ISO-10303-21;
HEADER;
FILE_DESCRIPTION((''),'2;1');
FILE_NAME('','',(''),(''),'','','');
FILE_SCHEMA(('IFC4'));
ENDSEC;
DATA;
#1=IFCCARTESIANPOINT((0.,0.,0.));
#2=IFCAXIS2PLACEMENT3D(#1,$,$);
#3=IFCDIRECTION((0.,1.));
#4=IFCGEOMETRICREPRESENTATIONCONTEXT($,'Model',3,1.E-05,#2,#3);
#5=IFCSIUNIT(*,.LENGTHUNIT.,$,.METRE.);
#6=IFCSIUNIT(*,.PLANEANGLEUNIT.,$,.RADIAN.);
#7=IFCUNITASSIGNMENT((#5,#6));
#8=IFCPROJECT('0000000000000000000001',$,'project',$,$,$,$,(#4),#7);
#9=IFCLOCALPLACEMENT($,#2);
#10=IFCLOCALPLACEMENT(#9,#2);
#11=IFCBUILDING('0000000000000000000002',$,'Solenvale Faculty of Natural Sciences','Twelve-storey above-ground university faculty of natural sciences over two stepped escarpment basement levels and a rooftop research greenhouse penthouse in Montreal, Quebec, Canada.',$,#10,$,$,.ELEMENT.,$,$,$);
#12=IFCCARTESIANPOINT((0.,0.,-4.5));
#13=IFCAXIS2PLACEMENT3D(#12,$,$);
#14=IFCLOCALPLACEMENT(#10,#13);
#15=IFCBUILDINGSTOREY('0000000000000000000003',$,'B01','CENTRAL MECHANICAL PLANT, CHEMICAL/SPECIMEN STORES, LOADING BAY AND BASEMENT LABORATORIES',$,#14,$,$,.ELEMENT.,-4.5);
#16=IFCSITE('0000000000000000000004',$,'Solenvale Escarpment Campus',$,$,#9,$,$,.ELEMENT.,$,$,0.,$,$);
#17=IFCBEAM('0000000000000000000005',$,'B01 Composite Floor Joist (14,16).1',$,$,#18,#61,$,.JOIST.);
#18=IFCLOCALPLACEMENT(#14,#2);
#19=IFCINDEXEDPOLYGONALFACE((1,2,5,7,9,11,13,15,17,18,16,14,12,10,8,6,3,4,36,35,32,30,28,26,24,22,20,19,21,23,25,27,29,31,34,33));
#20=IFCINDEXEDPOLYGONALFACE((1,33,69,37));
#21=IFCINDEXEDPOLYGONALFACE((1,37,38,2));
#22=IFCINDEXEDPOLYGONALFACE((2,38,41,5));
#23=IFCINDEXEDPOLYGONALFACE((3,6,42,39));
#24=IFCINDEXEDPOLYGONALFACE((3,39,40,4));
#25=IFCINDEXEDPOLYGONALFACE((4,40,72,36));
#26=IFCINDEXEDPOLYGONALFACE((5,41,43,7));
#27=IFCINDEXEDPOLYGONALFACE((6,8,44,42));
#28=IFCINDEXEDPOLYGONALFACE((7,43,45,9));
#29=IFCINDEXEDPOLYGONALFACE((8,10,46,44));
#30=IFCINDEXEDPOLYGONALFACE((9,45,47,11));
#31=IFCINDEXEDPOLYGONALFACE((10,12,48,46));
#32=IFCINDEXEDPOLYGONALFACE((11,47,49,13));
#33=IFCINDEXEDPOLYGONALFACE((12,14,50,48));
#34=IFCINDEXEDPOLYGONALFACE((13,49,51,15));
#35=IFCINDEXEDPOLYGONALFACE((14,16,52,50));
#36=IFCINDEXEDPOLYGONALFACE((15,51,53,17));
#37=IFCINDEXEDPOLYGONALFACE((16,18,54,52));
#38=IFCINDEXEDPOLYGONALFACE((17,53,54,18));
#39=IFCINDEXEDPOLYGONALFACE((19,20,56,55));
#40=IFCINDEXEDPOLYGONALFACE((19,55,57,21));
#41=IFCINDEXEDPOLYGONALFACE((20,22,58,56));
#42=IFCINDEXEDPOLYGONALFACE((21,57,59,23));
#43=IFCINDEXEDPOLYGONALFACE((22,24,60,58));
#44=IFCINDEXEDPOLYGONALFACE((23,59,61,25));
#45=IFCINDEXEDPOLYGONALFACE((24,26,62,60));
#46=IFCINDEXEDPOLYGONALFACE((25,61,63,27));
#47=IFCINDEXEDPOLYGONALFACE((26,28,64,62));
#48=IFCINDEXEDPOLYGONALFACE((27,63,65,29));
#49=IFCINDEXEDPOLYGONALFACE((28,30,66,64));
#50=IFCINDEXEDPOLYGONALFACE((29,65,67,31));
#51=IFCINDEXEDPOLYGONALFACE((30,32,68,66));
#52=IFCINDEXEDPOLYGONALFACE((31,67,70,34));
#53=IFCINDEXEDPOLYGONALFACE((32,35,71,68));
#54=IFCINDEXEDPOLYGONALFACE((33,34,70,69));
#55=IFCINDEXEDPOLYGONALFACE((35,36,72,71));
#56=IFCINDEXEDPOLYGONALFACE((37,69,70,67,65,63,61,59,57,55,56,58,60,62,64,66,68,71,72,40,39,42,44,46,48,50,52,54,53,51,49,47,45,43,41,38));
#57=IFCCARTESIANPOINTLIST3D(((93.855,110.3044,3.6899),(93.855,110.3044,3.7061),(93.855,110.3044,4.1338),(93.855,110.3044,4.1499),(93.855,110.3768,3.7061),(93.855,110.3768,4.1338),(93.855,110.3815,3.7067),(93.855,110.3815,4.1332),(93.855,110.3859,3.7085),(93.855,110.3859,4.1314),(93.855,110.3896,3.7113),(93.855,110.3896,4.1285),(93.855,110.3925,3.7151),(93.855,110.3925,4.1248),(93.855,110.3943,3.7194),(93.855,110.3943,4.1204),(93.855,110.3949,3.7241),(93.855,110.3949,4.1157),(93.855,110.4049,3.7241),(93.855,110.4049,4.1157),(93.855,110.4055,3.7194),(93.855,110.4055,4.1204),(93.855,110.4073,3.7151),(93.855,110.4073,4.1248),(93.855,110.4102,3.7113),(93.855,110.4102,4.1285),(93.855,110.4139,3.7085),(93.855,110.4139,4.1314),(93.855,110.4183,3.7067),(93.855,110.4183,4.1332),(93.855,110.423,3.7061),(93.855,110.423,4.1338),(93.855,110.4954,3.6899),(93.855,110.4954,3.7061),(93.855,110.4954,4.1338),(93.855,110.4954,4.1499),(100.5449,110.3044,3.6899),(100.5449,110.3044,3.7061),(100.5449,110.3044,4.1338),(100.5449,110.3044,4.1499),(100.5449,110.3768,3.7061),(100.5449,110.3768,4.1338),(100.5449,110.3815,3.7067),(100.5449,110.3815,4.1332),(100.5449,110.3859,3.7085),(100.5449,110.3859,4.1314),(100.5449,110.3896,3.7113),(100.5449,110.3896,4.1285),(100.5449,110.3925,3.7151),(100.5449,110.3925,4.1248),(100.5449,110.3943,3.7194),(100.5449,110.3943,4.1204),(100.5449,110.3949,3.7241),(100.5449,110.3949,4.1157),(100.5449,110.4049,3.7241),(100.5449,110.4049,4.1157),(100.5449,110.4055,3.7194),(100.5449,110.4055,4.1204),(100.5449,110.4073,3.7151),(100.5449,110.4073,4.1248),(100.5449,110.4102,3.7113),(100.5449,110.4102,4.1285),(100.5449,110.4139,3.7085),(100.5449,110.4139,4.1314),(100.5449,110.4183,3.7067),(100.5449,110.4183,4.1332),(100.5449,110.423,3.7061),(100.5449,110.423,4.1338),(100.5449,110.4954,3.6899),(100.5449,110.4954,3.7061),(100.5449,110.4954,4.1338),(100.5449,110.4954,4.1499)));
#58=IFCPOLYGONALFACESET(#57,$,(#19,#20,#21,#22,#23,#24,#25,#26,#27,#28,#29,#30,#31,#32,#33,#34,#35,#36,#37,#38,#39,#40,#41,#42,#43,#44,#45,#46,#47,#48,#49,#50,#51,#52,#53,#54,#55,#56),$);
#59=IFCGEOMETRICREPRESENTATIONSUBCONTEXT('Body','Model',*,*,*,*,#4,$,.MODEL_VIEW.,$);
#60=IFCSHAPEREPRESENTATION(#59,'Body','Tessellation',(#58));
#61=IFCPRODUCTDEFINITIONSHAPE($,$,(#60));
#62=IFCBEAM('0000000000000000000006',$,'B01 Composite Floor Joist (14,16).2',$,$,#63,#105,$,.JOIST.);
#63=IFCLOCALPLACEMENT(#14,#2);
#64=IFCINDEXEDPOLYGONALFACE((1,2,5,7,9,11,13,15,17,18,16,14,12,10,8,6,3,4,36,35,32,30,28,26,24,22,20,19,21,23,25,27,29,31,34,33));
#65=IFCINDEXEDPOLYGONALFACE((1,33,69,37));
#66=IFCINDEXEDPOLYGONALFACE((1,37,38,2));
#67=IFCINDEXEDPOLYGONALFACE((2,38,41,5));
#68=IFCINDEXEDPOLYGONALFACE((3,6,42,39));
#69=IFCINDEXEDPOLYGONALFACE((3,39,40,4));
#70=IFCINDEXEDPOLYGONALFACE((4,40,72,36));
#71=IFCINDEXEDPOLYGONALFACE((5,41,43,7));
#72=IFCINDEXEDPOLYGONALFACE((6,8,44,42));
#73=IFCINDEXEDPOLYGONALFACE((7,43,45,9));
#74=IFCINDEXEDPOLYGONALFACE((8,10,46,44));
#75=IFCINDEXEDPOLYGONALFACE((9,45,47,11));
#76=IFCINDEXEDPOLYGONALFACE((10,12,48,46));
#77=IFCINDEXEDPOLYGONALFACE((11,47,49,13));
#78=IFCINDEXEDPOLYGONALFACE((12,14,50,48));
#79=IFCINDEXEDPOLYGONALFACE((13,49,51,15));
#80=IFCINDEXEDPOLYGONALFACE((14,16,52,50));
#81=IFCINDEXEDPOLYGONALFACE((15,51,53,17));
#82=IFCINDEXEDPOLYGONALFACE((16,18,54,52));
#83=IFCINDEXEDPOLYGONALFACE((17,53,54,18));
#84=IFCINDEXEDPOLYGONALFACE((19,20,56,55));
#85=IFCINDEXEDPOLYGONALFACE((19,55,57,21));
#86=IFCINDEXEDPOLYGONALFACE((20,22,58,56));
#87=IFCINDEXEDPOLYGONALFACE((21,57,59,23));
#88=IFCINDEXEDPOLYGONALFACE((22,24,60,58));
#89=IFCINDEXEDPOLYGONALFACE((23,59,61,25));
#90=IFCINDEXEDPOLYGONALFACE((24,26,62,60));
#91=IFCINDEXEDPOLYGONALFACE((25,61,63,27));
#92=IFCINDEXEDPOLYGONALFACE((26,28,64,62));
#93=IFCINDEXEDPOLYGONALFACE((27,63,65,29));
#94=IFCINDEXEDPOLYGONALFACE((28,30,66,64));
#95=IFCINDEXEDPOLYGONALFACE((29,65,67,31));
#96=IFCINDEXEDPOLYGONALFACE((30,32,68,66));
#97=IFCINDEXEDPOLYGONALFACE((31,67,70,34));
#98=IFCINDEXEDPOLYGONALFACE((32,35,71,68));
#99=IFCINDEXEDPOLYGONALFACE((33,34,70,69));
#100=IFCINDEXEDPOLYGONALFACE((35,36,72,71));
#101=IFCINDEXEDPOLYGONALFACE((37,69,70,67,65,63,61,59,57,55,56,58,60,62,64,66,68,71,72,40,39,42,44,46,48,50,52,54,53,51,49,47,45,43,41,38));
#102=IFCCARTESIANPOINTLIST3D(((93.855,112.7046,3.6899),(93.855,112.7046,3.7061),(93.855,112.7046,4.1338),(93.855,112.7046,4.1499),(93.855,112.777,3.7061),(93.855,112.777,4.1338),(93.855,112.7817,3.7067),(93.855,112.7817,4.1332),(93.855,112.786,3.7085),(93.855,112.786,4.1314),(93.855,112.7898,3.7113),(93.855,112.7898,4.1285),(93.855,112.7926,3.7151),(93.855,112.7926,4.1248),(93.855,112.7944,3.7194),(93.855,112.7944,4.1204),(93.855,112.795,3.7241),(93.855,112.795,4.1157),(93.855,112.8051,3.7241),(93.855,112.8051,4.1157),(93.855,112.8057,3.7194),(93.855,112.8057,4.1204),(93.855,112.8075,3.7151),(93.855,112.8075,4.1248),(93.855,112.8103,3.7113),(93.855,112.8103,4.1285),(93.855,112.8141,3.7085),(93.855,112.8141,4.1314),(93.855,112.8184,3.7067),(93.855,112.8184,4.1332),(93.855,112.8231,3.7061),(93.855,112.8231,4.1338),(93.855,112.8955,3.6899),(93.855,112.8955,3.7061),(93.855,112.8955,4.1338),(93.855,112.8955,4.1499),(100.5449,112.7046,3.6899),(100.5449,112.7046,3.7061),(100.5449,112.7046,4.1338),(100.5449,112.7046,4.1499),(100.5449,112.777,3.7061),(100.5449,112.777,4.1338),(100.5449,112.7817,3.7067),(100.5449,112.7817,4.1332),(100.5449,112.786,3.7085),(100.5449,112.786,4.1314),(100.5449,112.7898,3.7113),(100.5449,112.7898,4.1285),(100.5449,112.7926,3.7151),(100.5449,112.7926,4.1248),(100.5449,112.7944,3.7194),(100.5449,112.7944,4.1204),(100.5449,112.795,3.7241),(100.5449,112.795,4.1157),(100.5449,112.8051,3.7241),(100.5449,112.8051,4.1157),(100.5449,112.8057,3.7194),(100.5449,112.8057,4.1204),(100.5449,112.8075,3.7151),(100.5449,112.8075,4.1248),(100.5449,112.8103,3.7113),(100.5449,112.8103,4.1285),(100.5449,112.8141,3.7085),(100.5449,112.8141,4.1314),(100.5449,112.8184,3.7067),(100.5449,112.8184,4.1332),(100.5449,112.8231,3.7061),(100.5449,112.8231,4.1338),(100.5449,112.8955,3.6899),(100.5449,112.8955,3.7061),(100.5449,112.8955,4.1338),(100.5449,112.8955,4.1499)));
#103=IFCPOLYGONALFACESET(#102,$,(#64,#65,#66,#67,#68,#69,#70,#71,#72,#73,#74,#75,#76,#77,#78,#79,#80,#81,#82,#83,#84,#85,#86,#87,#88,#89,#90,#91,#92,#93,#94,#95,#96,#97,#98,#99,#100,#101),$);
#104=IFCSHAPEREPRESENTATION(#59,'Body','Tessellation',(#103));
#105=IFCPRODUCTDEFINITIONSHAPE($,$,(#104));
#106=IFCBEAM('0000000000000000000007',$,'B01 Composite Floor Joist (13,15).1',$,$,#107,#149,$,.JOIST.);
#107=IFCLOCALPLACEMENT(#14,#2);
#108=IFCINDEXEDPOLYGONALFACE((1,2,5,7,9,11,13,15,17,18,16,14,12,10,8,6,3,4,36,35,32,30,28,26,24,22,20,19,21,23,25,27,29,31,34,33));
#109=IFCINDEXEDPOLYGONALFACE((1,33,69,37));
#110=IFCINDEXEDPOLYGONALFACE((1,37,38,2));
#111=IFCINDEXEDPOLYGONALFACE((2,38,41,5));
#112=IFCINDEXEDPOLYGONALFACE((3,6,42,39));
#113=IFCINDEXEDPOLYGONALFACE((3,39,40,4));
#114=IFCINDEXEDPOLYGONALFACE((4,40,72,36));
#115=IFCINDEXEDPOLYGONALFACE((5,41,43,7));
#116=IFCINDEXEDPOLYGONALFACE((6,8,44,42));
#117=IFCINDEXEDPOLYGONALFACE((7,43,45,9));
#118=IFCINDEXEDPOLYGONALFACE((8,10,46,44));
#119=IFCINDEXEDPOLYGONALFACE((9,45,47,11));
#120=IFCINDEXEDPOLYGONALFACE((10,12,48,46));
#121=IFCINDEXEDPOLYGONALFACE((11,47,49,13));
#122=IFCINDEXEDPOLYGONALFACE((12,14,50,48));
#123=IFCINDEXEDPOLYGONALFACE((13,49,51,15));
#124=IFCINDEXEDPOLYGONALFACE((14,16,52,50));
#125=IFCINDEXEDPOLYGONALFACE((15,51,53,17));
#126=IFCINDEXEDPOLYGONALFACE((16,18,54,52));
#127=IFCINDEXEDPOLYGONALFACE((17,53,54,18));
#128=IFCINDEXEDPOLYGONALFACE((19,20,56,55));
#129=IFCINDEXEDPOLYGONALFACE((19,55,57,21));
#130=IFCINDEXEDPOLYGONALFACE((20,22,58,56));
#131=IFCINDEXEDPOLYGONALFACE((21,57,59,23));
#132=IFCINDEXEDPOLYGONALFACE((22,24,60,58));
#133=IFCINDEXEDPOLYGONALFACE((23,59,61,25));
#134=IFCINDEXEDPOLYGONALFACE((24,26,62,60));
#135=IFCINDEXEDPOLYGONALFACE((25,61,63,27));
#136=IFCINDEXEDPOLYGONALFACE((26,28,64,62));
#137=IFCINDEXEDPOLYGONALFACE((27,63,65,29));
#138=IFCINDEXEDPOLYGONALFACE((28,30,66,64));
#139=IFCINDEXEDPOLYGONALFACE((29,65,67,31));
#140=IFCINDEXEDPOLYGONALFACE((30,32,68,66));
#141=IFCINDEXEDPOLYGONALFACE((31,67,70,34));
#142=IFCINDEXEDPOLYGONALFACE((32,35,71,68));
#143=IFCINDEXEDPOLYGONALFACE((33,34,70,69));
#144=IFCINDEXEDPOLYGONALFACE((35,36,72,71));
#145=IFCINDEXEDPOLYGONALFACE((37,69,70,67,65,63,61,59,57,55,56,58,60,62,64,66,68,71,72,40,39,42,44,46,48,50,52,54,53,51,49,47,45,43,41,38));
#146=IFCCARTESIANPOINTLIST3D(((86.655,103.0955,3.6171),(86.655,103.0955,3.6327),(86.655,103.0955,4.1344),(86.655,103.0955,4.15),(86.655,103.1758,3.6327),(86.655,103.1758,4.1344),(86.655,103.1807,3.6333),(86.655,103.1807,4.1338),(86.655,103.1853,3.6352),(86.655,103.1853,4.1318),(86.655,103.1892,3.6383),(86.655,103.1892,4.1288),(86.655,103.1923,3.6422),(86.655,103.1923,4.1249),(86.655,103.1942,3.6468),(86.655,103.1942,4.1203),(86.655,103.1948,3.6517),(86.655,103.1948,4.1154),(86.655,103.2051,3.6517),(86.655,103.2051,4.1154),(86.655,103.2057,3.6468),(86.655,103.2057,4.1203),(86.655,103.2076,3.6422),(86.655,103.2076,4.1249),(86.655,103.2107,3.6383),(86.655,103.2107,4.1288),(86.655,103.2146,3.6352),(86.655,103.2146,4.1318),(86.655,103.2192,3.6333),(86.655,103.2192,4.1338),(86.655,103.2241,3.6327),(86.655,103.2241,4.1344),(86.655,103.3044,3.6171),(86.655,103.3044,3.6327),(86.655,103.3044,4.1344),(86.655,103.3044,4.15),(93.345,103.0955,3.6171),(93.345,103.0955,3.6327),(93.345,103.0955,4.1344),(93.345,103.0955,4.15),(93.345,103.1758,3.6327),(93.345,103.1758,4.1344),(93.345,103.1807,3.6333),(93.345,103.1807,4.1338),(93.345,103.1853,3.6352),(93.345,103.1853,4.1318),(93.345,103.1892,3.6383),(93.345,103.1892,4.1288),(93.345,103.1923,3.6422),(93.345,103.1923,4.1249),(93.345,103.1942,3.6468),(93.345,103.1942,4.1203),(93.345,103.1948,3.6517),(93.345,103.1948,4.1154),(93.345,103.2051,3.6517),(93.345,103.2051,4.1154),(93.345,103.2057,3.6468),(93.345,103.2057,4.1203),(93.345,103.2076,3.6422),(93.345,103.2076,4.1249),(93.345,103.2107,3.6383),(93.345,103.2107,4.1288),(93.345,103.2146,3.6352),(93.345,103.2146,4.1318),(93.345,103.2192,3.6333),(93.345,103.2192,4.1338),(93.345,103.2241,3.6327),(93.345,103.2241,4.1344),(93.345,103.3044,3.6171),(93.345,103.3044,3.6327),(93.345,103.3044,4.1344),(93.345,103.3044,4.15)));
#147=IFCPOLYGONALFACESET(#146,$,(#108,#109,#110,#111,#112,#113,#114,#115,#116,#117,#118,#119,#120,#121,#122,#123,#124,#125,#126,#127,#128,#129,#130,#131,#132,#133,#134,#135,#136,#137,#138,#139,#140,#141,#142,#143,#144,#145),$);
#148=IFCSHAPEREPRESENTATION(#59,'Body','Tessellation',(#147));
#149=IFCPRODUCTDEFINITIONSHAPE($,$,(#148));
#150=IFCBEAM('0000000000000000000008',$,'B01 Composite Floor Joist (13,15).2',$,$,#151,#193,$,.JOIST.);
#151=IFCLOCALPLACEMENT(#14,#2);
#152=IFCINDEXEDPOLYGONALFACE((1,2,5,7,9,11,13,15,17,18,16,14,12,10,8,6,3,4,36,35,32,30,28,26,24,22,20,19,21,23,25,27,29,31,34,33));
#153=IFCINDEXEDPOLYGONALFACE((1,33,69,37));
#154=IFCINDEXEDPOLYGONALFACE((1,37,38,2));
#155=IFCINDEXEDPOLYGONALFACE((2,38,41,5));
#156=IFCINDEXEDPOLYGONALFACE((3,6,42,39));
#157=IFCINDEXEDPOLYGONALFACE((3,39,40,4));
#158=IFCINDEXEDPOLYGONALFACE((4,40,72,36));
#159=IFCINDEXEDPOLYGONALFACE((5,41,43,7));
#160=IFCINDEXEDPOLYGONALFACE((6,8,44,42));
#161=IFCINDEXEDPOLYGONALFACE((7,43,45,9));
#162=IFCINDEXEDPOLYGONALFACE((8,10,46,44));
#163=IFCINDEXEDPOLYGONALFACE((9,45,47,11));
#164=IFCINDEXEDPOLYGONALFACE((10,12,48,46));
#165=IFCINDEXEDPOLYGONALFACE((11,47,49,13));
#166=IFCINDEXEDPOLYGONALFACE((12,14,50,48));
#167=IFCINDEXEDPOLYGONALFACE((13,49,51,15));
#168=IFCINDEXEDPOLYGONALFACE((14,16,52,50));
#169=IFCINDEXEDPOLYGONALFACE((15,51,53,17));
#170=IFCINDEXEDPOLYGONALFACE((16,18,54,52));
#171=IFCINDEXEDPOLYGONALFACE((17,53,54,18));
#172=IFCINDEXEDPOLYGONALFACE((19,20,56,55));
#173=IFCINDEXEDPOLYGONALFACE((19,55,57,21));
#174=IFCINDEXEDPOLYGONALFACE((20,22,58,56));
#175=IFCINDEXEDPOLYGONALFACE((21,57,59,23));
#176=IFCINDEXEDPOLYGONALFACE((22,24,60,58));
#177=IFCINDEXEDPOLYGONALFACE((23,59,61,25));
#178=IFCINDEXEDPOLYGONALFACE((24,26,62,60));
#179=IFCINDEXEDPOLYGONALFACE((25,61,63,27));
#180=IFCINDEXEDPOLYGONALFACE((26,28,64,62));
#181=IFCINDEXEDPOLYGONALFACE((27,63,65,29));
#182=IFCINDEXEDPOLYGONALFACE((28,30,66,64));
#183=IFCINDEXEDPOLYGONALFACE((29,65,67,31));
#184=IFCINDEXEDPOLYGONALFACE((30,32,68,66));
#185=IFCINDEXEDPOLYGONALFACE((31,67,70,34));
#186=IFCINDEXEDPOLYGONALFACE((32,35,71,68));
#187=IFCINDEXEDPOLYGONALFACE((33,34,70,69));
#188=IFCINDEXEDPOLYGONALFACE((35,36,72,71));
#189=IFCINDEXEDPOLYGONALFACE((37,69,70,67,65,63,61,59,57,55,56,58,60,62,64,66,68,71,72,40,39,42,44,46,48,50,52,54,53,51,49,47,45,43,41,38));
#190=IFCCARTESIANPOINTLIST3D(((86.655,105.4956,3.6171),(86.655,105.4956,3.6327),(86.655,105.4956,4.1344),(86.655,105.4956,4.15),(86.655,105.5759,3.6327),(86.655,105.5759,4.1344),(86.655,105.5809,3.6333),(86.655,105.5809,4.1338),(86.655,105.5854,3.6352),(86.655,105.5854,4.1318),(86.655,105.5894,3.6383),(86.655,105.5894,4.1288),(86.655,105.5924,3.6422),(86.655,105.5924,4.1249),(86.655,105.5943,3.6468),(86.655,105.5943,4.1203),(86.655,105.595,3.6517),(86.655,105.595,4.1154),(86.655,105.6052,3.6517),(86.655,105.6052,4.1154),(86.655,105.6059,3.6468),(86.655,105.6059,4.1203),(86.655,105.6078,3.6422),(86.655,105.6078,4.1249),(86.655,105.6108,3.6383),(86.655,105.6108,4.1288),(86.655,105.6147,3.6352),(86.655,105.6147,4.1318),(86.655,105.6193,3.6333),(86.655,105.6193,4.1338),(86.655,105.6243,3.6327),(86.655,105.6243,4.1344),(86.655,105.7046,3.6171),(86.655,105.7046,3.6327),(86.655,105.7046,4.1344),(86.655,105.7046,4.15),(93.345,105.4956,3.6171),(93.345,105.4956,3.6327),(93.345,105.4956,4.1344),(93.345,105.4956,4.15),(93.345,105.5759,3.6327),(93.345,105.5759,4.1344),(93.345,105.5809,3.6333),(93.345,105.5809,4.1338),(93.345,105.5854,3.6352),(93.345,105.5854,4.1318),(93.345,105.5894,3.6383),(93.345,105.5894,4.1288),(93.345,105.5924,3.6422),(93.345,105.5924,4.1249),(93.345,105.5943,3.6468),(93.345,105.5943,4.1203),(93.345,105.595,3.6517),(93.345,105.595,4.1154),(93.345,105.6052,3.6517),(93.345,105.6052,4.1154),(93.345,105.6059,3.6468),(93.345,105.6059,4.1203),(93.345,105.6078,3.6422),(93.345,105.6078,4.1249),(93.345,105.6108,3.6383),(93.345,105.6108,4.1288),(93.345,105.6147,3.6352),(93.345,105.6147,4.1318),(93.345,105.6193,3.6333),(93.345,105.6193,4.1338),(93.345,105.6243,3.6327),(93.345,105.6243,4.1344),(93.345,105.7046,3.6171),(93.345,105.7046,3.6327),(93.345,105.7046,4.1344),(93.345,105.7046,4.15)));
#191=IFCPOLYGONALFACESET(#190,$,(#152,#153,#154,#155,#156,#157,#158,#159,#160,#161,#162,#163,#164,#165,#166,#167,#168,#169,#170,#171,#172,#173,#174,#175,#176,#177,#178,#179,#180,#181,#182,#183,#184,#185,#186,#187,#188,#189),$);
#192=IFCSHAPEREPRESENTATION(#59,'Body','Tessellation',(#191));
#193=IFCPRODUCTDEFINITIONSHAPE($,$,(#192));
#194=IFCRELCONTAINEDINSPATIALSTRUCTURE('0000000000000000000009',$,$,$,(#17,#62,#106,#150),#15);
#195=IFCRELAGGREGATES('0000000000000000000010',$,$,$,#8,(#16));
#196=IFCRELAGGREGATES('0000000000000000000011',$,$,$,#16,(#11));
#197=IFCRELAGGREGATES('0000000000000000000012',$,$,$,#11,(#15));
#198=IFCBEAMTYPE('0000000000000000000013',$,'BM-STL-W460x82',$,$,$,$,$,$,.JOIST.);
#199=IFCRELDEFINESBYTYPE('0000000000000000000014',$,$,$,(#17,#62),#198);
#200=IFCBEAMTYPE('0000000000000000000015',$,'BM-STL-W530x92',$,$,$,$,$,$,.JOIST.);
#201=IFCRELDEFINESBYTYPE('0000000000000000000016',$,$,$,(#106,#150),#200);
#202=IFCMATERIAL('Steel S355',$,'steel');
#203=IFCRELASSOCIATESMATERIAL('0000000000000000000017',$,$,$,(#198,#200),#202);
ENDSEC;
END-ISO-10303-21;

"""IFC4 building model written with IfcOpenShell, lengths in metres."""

from ifc_helpers import new_model, si_unit, direction, frame, origin, origin_2d, place, context, subcontext, project, spatial, i_section, extrude, material, material_profile, profile_set, type_object, element, save


model = new_model("IFC4")

# Units and contexts
model_context = context("Model", 3, precision=1e-05, world=origin(), true_north=direction((0.0, 1.0)))
body_context = subcontext(model_context, "Body", "Model", "MODEL_VIEW")
ifc_project = project(units=[si_unit("LENGTHUNIT", "METRE"), si_unit("PLANEANGLEUNIT", "RADIAN")], contexts=[model_context])

# Site, building, storey
site_placement = place(None, origin())
site = spatial("IfcSite", under=ifc_project, at=site_placement, Name="Solenvale Escarpment Campus", CompositionType="ELEMENT", RefElevation=0.0)
building_placement = place(site_placement, origin())
building = spatial("IfcBuilding", under=site, at=building_placement, Name="Solenvale Faculty of Natural Sciences", Description="Twelve-storey above-ground university faculty of natural sciences over two stepped escarpment basement levels and a rooftop research greenhouse penthouse in Montreal, Quebec, Canada.", CompositionType="ELEMENT")
storey_placement = place(building_placement, frame((0.0, 0.0, -4.5)))
storey = spatial("IfcBuildingStorey", under=building, at=storey_placement, Name="B01", Description="CENTRAL MECHANICAL PLANT, CHEMICAL/SPECIMEN STORES, LOADING BAY AND BASEMENT LABORATORIES", CompositionType="ELEMENT", Elevation=-4.5)

# Beams
ifc_material_1 = material(Name="Steel S355", Category="steel")
ifc_material_profile_1 = material_profile(ifc_material_1, i_section(OverallWidth=0.1909, OverallDepth=0.46, WebThickness=0.01, FlangeThickness=0.0161, FilletRadius=0.0181, at=origin_2d()), Name="W460x82")
ifc_profile_set_1 = profile_set([ifc_material_profile_1], Name="Steel S355")
beam_type_1 = type_object("IfcBeamType", Name="BM-STL-W460x82", PredefinedType="JOIST", material=ifc_profile_set_1)
for number, where, z_axis, x_axis, name in (
    (1, (93.855, 110.3999, 3.9199), (1.0, 0.0, 0.0), (0.0, 1.0, 0.0), "B01 Composite Floor Joist (14,16).1"),
    (2, (93.855, 112.8, 3.9199), (1.0, 0.0, 0.0), (0.0, 1.0, 0.0), "B01 Composite Floor Joist (14,16).2"),
):
    element("IfcBeam", number, at=place(storey_placement, frame(where, z_axis=z_axis, x_axis=x_axis)), inside=storey, type_object=beam_type_1, Name=name, PredefinedType="JOIST", context=body_context, shape_type="SweptSolid", body=[
        extrude(i_section(OverallWidth=0.1909, OverallDepth=0.46, WebThickness=0.01, FlangeThickness=0.0161, FilletRadius=0.0181, at=origin_2d()), origin(), (0.0, 0.0, 1.0), 6.6899),
    ])
ifc_material_profile_2 = material_profile(ifc_material_1, i_section(OverallWidth=0.209, OverallDepth=0.533, WebThickness=0.0103, FlangeThickness=0.0156, FilletRadius=0.019, at=origin_2d()), Name="W530x92")
ifc_profile_set_2 = profile_set([ifc_material_profile_2], Name="Steel S355")
beam_type_2 = type_object("IfcBeamType", Name="BM-STL-W530x92", PredefinedType="JOIST", material=ifc_profile_set_2)
for number, where, z_axis, x_axis, name in (
    (3, (86.655, 103.2, 3.8835), (1.0, 0.0, 0.0), (0.0, 1.0, 0.0), "B01 Composite Floor Joist (13,15).1"),
    (4, (86.655, 105.6001, 3.8835), (1.0, 0.0, 0.0), (0.0, 1.0, 0.0), "B01 Composite Floor Joist (13,15).2"),
):
    element("IfcBeam", number, at=place(storey_placement, frame(where, z_axis=z_axis, x_axis=x_axis)), inside=storey, type_object=beam_type_2, Name=name, PredefinedType="JOIST", context=body_context, shape_type="SweptSolid", body=[
        extrude(i_section(OverallWidth=0.209, OverallDepth=0.533, WebThickness=0.0103, FlangeThickness=0.0156, FilletRadius=0.019, at=origin_2d()), origin(), (0.0, 0.0, 1.0), 6.6899),
    ])

save(model, "model.ifc")
